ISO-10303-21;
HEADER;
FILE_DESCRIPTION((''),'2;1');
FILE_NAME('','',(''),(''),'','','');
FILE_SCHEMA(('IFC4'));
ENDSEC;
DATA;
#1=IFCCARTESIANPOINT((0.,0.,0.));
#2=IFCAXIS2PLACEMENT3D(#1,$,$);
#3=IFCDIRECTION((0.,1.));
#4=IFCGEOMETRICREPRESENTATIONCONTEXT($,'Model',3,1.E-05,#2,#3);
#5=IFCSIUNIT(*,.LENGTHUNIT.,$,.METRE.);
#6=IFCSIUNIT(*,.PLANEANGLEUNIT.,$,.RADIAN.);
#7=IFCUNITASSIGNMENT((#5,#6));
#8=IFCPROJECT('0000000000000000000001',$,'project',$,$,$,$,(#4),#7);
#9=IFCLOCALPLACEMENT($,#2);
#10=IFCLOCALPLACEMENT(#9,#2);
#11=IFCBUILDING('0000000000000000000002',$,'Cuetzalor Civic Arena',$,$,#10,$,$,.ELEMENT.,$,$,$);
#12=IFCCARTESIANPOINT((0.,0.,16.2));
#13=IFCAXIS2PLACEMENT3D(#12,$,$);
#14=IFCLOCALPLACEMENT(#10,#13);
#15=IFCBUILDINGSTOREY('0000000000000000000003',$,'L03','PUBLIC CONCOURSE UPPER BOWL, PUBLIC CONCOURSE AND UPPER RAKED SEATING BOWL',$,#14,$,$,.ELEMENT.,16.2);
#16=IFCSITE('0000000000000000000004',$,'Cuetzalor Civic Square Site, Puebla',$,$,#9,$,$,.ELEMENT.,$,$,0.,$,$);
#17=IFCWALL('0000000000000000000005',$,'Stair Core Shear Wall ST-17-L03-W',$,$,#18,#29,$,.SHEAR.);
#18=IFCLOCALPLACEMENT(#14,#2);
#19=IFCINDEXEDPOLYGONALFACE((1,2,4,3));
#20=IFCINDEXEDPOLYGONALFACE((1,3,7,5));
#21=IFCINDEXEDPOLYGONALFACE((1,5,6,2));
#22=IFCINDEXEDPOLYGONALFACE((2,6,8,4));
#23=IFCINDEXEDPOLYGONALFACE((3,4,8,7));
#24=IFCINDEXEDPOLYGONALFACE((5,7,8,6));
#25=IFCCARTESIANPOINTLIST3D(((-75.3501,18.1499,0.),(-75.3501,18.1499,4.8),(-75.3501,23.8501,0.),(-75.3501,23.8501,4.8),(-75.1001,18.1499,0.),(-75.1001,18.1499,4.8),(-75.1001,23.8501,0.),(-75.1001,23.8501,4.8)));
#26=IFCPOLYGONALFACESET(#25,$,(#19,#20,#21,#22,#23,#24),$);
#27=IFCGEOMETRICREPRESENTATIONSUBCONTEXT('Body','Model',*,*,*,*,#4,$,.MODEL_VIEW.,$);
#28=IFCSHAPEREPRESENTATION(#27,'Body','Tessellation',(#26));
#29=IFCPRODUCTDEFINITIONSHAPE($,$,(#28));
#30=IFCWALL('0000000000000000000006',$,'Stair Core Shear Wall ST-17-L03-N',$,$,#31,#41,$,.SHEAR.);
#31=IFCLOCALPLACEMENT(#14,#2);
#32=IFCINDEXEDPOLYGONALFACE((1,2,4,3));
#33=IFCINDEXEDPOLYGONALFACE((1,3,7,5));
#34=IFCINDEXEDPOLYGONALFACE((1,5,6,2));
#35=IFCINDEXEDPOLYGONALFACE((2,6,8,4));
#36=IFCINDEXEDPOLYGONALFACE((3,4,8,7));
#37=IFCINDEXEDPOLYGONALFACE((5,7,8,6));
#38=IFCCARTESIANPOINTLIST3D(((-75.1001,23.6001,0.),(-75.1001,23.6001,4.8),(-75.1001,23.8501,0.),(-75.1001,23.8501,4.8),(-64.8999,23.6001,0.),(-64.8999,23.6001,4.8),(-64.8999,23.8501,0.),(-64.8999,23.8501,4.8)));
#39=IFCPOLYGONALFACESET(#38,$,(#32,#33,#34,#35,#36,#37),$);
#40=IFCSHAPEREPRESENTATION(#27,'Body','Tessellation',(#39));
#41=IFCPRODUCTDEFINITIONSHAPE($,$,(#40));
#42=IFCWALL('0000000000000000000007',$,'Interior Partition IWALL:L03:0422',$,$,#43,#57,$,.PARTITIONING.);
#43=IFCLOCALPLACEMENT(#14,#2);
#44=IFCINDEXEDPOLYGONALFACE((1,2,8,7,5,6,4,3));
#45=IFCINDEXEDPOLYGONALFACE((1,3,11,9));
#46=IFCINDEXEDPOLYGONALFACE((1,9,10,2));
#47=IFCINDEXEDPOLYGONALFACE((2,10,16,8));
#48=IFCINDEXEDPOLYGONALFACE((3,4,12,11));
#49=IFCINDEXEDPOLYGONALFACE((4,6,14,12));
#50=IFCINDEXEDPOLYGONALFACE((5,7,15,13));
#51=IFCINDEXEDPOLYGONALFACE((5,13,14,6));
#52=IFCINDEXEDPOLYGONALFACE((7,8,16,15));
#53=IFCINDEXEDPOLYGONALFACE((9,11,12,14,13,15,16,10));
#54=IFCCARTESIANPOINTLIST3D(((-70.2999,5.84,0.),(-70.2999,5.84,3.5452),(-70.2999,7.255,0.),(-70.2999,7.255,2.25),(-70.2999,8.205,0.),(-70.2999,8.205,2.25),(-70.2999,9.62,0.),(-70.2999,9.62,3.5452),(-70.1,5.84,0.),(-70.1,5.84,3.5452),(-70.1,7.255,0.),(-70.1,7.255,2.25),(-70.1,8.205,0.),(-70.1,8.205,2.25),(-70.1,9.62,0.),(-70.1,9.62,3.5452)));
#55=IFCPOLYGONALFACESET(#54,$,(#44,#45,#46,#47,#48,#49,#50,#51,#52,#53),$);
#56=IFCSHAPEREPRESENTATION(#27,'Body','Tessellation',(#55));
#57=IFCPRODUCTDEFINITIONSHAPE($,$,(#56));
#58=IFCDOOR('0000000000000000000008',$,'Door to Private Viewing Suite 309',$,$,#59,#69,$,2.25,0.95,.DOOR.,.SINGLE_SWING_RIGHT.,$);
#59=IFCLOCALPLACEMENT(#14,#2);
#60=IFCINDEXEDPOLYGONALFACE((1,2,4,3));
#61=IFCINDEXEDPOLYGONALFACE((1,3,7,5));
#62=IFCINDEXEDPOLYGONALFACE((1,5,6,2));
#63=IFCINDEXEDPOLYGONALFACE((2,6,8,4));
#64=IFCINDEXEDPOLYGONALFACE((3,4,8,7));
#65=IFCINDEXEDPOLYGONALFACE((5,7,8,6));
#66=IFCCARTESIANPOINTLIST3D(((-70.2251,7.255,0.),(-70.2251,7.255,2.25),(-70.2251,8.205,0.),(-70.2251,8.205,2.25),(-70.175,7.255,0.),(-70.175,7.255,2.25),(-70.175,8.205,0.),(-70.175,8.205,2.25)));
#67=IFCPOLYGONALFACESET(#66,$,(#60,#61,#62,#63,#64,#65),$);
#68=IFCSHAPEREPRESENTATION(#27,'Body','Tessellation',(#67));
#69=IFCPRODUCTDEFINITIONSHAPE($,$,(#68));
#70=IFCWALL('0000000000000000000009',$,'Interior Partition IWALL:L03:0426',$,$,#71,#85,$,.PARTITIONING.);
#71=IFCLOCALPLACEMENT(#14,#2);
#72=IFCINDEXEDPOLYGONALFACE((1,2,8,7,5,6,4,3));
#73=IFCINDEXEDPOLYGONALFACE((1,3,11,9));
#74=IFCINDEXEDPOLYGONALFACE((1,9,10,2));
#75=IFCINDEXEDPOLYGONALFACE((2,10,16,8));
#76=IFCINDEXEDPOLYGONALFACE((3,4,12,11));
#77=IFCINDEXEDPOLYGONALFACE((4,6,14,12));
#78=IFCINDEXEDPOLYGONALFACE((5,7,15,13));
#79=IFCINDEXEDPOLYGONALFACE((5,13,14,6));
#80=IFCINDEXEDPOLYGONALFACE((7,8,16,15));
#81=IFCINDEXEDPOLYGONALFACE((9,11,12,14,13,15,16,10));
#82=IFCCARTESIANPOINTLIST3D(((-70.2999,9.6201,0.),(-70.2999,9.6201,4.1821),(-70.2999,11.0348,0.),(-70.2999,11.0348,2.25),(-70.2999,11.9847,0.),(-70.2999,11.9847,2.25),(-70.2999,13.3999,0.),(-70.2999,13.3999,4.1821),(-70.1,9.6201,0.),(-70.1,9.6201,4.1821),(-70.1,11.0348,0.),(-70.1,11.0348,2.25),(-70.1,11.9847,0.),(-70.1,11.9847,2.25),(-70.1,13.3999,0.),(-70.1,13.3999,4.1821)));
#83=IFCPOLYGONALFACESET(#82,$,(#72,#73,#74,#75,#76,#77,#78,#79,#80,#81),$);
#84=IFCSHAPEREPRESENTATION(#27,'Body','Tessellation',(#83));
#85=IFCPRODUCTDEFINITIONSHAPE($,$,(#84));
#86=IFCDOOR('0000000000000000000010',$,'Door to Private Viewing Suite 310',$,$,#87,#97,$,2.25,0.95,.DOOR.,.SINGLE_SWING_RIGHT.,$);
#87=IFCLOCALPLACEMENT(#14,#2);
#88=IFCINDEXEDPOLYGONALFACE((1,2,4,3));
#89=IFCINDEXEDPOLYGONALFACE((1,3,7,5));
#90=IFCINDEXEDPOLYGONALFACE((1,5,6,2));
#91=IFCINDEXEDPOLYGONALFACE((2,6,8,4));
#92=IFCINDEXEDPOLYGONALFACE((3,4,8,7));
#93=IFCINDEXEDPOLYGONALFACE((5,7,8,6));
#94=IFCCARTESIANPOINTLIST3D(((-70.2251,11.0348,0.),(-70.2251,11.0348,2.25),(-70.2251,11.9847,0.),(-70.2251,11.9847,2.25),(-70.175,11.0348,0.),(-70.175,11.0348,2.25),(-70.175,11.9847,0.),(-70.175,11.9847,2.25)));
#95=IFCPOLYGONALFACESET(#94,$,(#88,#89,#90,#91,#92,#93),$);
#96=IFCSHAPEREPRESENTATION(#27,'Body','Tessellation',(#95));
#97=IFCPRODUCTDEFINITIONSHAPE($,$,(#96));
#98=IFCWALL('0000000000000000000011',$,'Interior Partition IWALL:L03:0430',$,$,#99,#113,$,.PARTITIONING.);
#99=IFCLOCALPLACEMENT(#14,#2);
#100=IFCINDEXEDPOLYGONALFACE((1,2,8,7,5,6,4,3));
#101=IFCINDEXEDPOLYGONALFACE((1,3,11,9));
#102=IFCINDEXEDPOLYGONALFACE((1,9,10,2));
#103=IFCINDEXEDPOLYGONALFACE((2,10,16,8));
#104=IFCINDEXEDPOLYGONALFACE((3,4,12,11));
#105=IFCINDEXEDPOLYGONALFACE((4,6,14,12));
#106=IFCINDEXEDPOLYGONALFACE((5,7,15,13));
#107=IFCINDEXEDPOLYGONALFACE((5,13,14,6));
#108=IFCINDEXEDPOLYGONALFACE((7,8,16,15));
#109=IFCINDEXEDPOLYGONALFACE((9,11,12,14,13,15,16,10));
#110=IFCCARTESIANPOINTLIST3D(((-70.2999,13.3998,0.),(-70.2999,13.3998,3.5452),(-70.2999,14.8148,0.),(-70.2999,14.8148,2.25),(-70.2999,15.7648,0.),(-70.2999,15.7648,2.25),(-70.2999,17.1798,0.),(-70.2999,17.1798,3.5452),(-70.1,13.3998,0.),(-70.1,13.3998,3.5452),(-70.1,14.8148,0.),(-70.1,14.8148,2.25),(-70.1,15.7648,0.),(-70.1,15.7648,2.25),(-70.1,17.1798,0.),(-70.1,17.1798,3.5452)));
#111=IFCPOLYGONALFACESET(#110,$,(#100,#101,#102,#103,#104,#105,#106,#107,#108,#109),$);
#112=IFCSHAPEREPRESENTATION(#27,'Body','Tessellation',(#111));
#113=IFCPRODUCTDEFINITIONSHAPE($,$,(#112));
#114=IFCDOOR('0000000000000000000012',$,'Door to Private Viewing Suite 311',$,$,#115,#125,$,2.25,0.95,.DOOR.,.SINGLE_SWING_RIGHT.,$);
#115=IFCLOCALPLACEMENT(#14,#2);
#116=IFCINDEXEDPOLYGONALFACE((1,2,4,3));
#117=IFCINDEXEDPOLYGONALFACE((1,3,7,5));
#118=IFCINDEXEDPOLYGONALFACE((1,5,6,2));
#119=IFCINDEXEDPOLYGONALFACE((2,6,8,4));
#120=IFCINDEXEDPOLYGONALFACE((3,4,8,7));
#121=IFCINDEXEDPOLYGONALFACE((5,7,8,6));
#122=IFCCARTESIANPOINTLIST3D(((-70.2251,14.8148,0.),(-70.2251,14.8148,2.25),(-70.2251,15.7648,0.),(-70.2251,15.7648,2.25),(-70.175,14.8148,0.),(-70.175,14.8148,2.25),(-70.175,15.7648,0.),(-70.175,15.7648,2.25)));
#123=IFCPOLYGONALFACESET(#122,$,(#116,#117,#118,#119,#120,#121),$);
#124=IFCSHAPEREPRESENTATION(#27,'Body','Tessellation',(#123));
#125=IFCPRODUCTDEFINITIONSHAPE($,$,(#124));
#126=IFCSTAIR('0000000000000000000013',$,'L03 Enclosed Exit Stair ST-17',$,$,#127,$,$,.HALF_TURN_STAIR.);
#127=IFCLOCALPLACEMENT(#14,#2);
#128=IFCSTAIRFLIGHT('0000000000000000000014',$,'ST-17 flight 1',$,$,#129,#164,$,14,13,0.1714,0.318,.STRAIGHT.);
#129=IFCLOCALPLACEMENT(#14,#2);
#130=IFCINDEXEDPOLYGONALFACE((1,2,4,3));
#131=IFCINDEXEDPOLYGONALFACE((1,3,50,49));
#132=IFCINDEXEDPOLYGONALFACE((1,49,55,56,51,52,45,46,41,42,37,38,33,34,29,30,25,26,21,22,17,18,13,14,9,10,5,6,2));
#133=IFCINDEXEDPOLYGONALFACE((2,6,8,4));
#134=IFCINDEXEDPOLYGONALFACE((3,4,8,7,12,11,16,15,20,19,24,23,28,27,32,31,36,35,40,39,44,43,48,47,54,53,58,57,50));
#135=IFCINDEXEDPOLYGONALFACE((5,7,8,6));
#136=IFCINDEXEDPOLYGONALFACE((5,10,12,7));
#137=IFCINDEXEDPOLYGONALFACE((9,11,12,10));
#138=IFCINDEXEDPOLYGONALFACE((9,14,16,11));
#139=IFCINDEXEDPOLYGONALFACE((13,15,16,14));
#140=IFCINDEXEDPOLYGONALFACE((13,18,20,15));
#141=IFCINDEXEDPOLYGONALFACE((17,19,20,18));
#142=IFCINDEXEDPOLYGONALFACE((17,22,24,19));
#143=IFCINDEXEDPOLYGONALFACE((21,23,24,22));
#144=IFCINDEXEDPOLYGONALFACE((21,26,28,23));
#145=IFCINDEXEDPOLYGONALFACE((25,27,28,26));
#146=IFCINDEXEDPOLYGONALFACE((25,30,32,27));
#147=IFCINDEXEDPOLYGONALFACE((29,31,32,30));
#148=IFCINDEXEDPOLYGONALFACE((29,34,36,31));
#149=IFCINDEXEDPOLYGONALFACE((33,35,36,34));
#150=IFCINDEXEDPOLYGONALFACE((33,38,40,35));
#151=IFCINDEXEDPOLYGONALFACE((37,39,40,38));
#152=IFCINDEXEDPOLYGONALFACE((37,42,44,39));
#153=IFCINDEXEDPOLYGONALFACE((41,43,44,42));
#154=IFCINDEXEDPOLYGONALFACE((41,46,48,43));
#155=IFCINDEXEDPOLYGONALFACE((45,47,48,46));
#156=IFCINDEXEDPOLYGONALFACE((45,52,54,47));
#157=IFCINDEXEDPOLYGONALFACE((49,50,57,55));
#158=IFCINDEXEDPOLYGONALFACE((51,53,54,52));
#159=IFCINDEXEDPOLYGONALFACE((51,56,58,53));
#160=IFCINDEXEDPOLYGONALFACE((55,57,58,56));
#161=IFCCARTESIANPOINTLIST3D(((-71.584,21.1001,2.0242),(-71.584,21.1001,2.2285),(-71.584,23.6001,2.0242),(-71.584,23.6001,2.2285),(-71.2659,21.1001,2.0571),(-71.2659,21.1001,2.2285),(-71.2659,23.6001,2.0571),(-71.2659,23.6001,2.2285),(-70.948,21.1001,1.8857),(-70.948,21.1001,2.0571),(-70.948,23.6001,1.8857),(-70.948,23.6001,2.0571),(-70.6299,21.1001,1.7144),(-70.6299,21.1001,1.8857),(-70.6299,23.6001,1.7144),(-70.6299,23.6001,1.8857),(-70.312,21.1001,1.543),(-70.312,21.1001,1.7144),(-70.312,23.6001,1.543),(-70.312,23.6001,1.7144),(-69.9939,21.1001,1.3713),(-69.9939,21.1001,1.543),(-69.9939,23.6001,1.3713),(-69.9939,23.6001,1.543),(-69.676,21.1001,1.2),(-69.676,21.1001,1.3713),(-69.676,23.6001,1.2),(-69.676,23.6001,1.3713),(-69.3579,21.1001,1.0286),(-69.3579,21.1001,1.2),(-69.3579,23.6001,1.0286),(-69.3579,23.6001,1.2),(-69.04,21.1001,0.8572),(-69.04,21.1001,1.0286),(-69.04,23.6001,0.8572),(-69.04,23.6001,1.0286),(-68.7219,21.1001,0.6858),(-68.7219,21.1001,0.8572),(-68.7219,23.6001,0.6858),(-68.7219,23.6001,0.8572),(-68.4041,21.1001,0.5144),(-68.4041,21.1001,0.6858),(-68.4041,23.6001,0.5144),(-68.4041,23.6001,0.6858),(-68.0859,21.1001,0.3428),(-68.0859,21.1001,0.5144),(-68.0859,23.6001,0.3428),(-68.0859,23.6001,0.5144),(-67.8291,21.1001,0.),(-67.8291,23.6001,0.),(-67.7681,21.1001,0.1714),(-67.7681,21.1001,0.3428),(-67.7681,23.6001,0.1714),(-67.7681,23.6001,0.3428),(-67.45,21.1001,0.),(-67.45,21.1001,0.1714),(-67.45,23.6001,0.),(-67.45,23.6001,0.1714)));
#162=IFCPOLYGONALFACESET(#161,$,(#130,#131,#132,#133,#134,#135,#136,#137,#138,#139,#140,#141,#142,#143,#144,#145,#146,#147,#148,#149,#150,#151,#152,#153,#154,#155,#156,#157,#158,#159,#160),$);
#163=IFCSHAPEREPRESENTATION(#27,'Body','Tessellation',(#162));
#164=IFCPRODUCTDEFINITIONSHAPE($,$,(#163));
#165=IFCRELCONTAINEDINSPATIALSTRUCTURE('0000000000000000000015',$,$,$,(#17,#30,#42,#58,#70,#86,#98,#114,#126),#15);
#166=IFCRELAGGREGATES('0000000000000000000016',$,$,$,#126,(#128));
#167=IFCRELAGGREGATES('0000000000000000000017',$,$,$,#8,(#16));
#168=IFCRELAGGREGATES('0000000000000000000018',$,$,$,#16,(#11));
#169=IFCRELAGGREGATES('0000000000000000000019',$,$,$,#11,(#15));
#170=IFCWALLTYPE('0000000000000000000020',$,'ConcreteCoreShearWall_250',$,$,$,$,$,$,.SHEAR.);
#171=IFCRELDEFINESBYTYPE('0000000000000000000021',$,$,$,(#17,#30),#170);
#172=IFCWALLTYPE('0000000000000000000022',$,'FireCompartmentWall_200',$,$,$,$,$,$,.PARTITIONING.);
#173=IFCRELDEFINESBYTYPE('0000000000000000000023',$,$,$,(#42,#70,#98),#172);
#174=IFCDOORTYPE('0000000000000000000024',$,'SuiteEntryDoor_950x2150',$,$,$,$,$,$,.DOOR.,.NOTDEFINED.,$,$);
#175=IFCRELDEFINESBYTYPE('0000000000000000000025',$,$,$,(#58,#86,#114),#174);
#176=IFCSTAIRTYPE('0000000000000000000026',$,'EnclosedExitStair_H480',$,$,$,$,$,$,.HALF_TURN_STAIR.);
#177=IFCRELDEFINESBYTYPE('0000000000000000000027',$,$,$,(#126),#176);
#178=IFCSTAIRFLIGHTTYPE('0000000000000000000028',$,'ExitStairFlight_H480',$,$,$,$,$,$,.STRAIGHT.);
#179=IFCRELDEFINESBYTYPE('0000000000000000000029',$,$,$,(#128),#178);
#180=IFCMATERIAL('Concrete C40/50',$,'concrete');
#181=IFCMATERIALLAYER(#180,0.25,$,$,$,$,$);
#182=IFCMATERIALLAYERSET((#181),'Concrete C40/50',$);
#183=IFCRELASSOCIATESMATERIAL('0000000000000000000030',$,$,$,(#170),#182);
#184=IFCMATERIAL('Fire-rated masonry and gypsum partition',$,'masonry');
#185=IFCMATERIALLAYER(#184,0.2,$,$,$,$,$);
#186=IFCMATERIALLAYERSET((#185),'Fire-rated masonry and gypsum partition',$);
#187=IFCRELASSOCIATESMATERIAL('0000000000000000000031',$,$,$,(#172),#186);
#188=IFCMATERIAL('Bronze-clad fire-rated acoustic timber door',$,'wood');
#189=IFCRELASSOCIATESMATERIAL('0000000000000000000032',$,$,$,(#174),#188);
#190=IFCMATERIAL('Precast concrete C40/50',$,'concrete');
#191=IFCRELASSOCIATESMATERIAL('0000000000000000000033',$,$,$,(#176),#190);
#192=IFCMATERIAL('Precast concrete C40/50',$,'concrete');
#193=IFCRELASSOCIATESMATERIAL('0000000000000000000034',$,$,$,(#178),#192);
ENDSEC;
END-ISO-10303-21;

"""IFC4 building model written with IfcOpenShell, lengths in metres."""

from ifc_helpers import new_model, si_unit, direction, frame, frame_2d, origin, place, context, subcontext, project, spatial, polyline, rectangle, outline, extrude, material, layer, layer_set, type_object, element, fill, aggregate, save


model = new_model("IFC4")

# Units and contexts
model_context = context("Model", 3, precision=1e-05, world=origin(), true_north=direction((0.0, 1.0)))
body_context = subcontext(model_context, "Body", "Model", "MODEL_VIEW")
ifc_project = project(units=[si_unit("LENGTHUNIT", "METRE"), si_unit("PLANEANGLEUNIT", "RADIAN")], contexts=[model_context])

# Site, building, storey
site_placement = place(None, origin())
site = spatial("IfcSite", under=ifc_project, at=site_placement, Name="Cuetzalor Civic Square Site, Puebla", CompositionType="ELEMENT", RefElevation=0.0)
building_placement = place(site_placement, origin())
building = spatial("IfcBuilding", under=site, at=building_placement, Name="Cuetzalor Civic Arena", CompositionType="ELEMENT")
storey_placement = place(building_placement, frame((0.0, 0.0, 16.2)))
storey = spatial("IfcBuildingStorey", under=building, at=storey_placement, Name="L03", Description="PUBLIC CONCOURSE UPPER BOWL, PUBLIC CONCOURSE AND UPPER RAKED SEATING BOWL", CompositionType="ELEMENT", Elevation=16.2)

# Walls
ifc_material_1 = material(Name="Concrete C40/50", Category="concrete")
ifc_layer_1 = layer(ifc_material_1, 0.25)
ifc_layer_set_1 = layer_set([ifc_layer_1], Name="Concrete C40/50")
wall_type_1 = type_object("IfcWallType", Name="ConcreteCoreShearWall_250", PredefinedType="SHEAR", material=ifc_layer_set_1)
wall_1_placement = place(storey_placement, frame((-75.2251, 18.1499, 0.0), z_axis=(0.0, 0.0, 1.0), x_axis=(0.0, 1.0, 0.0)))
element("IfcWall", 1, at=wall_1_placement, inside=storey, type_object=wall_type_1, Name="Stair Core Shear Wall ST-17-L03-W", PredefinedType="SHEAR", context=body_context, shape_type="SweptSolid", body=[
    extrude(rectangle(XDim=5.7002, YDim=0.25, at=frame_2d((2.8501, 0.0))), origin(), (0.0, 0.0, 1.0), 4.8),
])
wall_2_placement = place(storey_placement, frame((-75.1001, 23.7251, 0.0), z_axis=(0.0, 0.0, 1.0), x_axis=(1.0, 0.0, 0.0)))
element("IfcWall", 2, at=wall_2_placement, inside=storey, type_object=wall_type_1, Name="Stair Core Shear Wall ST-17-L03-N", PredefinedType="SHEAR", context=body_context, shape_type="SweptSolid", body=[
    extrude(rectangle(XDim=10.2002, YDim=0.25, at=frame_2d((5.1001, 0.0))), origin(), (0.0, 0.0, 1.0), 4.8),
])

# Walls, openings, doors
ifc_material_2 = material(Name="Fire-rated masonry and gypsum partition", Category="masonry")
ifc_layer_2 = layer(ifc_material_2, 0.2)
ifc_layer_set_2 = layer_set([ifc_layer_2], Name="Fire-rated masonry and gypsum partition")
wall_type_2 = type_object("IfcWallType", Name="FireCompartmentWall_200", PredefinedType="PARTITIONING", material=ifc_layer_set_2)
wall_3_placement = place(storey_placement, frame((-70.2, 9.6201, 0.0), z_axis=(0.0, 0.0, 1.0), x_axis=(0.0, -1.0, 0.0)))
wall_3 = element("IfcWall", 3, at=wall_3_placement, inside=storey, type_object=wall_type_2, Name="Interior Partition IWALL:L03:0422", PredefinedType="PARTITIONING", context=body_context, shape_type="SweptSolid", body=[
    extrude(rectangle(XDim=3.78, YDim=0.2, at=frame_2d((1.8901, 0.0))), origin(), (0.0, 0.0, 1.0), 3.5452),
])
opening_1_placement = place(wall_3_placement, frame((1.415, 0.0, 0.0)))
opening_1 = element("IfcOpeningElement", 4, at=opening_1_placement, cuts=wall_3, PredefinedType="OPENING", context=body_context, shape_type="SweptSolid", body=[
    extrude(rectangle(XDim=0.95, YDim=2.25, at=frame_2d((0.4751, 1.125))), frame((0.0, 0.1099, 0.0), z_axis=(0.0, -1.0, 0.0), x_axis=(1.0, 0.0, 0.0)), (0.0, 0.0, 1.0), 0.22),
])
ifc_material_3 = material(Name="Bronze-clad fire-rated acoustic timber door", Category="wood")
door_type = type_object("IfcDoorType", Name="SuiteEntryDoor_950x2150", OperationType="NOTDEFINED", PredefinedType="DOOR", material=ifc_material_3)
door_1_placement = place(opening_1_placement, origin())
door_1 = element("IfcDoor", 5, at=door_1_placement, inside=storey, type_object=door_type, Name="Door to Private Viewing Suite 309", OperationType="SINGLE_SWING_RIGHT", OverallHeight=2.25, OverallWidth=0.95, PredefinedType="DOOR", context=body_context, shape_type="SweptSolid", body=[
    extrude(rectangle(XDim=0.95, YDim=2.25, at=frame_2d((0.4751, 1.125))), frame((0.0, 0.0249, 0.0), z_axis=(0.0, -1.0, 0.0), x_axis=(1.0, 0.0, 0.0)), (0.0, 0.0, 1.0), 0.05),
])
fill(opening_1, door_1)
wall_4_placement = place(storey_placement, frame((-70.2, 13.3999, 0.0), z_axis=(0.0, 0.0, 1.0), x_axis=(0.0, -1.0, 0.0)))
wall_4 = element("IfcWall", 6, at=wall_4_placement, inside=storey, type_object=wall_type_2, Name="Interior Partition IWALL:L03:0426", PredefinedType="PARTITIONING", context=body_context, shape_type="SweptSolid", body=[
    extrude(rectangle(XDim=3.7798, YDim=0.2, at=frame_2d((1.8899, 0.0))), origin(), (0.0, 0.0, 1.0), 4.1821),
])
opening_2_placement = place(wall_4_placement, frame((1.415, 0.0, 0.0)))
opening_2 = element("IfcOpeningElement", 7, at=opening_2_placement, cuts=wall_4, PredefinedType="OPENING", context=body_context, shape_type="SweptSolid", body=[
    extrude(rectangle(XDim=0.95, YDim=2.25, at=frame_2d((0.4751, 1.125))), frame((0.0, 0.1099, 0.0), z_axis=(0.0, -1.0, 0.0), x_axis=(1.0, 0.0, 0.0)), (0.0, 0.0, 1.0), 0.22),
])
door_2_placement = place(opening_2_placement, origin())
door_2 = element("IfcDoor", 8, at=door_2_placement, inside=storey, type_object=door_type, Name="Door to Private Viewing Suite 310", OperationType="SINGLE_SWING_RIGHT", OverallHeight=2.25, OverallWidth=0.95, PredefinedType="DOOR", context=body_context, shape_type="SweptSolid", body=[
    extrude(rectangle(XDim=0.95, YDim=2.25, at=frame_2d((0.4751, 1.125))), frame((0.0, 0.0249, 0.0), z_axis=(0.0, -1.0, 0.0), x_axis=(1.0, 0.0, 0.0)), (0.0, 0.0, 1.0), 0.05),
])
fill(opening_2, door_2)
wall_5_placement = place(storey_placement, frame((-70.2, 17.1799, 0.0), z_axis=(0.0, 0.0, 1.0), x_axis=(0.0, -1.0, 0.0)))
wall_5 = element("IfcWall", 9, at=wall_5_placement, inside=storey, type_object=wall_type_2, Name="Interior Partition IWALL:L03:0430", PredefinedType="PARTITIONING", context=body_context, shape_type="SweptSolid", body=[
    extrude(rectangle(XDim=3.78, YDim=0.2, at=frame_2d((1.8901, 0.0))), origin(), (0.0, 0.0, 1.0), 3.5452),
])
opening_3_placement = place(wall_5_placement, frame((1.415, 0.0, 0.0)))
opening_3 = element("IfcOpeningElement", 10, at=opening_3_placement, cuts=wall_5, PredefinedType="OPENING", context=body_context, shape_type="SweptSolid", body=[
    extrude(rectangle(XDim=0.95, YDim=2.25, at=frame_2d((0.4751, 1.125))), frame((0.0, 0.1099, 0.0), z_axis=(0.0, -1.0, 0.0), x_axis=(1.0, 0.0, 0.0)), (0.0, 0.0, 1.0), 0.22),
])
door_3_placement = place(opening_3_placement, origin())
door_3 = element("IfcDoor", 11, at=door_3_placement, inside=storey, type_object=door_type, Name="Door to Private Viewing Suite 311", OperationType="SINGLE_SWING_RIGHT", OverallHeight=2.25, OverallWidth=0.95, PredefinedType="DOOR", context=body_context, shape_type="SweptSolid", body=[
    extrude(rectangle(XDim=0.95, YDim=2.25, at=frame_2d((0.4751, 1.125))), frame((0.0, 0.0249, 0.0), z_axis=(0.0, -1.0, 0.0), x_axis=(1.0, 0.0, 0.0)), (0.0, 0.0, 1.0), 0.05),
])
fill(opening_3, door_3)

# Stair, stair flight
ifc_material_4 = material(Name="Precast concrete C40/50", Category="concrete")
stair_type = type_object("IfcStairType", Name="EnclosedExitStair_H480", PredefinedType="HALF_TURN_STAIR", material=ifc_material_4)
stair_placement = place(storey_placement, origin())
stair = element("IfcStair", 12, at=stair_placement, inside=storey, type_object=stair_type, Name="L03 Enclosed Exit Stair ST-17", PredefinedType="HALF_TURN_STAIR")
ifc_material_5 = material(Name="Precast concrete C40/50", Category="concrete")
stair_flight_type = type_object("IfcStairFlightType", Name="ExitStairFlight_H480", PredefinedType="STRAIGHT", material=ifc_material_5)
stair_flight_1_placement = place(storey_placement, frame((-67.45, 22.3501, 0.0), z_axis=(0.0, 0.0, 1.0), x_axis=(-1.0, 0.0, 0.0)))
stair_flight_1 = element("IfcStairFlight", 13, at=stair_flight_1_placement, type_object=stair_flight_type, Name="ST-17 flight 1", NumberOfRisers=14, NumberOfTreads=13, PredefinedType="STRAIGHT", RiserHeight=0.1714, TreadLength=0.318, context=body_context, shape_type="SweptSolid", body=[
    extrude(outline(polyline([(0.0, 0.0), (0.0, 0.1714), (0.3181, 0.1714), (0.3181, 0.3428), (0.636, 0.3428), (0.636, 0.5144), (0.9541, 0.5144), (0.9541, 0.6858), (1.272, 0.6858), (1.272, 0.8572), (1.5901, 0.8572), (1.5901, 1.0286), (1.908, 1.0286), (1.908, 1.2), (2.2261, 1.2), (2.2261, 1.3713), (2.5439, 1.3713), (2.5439, 1.543), (2.8621, 1.543), (2.8621, 1.7144), (3.1799, 1.7144), (3.1799, 1.8857), (3.498, 1.8857), (3.498, 2.0571), (3.8159, 2.0571), (3.8159, 2.2285), (4.134, 2.2285), (4.134, 2.3999), (4.134, 2.0242), (0.3792, 0.0), (0.0, 0.0)])), frame((0.0, 1.25, 0.0), z_axis=(0.0, -1.0, 0.0), x_axis=(1.0, 0.0, 0.0)), (0.0, 0.0, 1.0), 2.5),
])
aggregate(stair, [stair_flight_1])

save(model, "model.ifc")
